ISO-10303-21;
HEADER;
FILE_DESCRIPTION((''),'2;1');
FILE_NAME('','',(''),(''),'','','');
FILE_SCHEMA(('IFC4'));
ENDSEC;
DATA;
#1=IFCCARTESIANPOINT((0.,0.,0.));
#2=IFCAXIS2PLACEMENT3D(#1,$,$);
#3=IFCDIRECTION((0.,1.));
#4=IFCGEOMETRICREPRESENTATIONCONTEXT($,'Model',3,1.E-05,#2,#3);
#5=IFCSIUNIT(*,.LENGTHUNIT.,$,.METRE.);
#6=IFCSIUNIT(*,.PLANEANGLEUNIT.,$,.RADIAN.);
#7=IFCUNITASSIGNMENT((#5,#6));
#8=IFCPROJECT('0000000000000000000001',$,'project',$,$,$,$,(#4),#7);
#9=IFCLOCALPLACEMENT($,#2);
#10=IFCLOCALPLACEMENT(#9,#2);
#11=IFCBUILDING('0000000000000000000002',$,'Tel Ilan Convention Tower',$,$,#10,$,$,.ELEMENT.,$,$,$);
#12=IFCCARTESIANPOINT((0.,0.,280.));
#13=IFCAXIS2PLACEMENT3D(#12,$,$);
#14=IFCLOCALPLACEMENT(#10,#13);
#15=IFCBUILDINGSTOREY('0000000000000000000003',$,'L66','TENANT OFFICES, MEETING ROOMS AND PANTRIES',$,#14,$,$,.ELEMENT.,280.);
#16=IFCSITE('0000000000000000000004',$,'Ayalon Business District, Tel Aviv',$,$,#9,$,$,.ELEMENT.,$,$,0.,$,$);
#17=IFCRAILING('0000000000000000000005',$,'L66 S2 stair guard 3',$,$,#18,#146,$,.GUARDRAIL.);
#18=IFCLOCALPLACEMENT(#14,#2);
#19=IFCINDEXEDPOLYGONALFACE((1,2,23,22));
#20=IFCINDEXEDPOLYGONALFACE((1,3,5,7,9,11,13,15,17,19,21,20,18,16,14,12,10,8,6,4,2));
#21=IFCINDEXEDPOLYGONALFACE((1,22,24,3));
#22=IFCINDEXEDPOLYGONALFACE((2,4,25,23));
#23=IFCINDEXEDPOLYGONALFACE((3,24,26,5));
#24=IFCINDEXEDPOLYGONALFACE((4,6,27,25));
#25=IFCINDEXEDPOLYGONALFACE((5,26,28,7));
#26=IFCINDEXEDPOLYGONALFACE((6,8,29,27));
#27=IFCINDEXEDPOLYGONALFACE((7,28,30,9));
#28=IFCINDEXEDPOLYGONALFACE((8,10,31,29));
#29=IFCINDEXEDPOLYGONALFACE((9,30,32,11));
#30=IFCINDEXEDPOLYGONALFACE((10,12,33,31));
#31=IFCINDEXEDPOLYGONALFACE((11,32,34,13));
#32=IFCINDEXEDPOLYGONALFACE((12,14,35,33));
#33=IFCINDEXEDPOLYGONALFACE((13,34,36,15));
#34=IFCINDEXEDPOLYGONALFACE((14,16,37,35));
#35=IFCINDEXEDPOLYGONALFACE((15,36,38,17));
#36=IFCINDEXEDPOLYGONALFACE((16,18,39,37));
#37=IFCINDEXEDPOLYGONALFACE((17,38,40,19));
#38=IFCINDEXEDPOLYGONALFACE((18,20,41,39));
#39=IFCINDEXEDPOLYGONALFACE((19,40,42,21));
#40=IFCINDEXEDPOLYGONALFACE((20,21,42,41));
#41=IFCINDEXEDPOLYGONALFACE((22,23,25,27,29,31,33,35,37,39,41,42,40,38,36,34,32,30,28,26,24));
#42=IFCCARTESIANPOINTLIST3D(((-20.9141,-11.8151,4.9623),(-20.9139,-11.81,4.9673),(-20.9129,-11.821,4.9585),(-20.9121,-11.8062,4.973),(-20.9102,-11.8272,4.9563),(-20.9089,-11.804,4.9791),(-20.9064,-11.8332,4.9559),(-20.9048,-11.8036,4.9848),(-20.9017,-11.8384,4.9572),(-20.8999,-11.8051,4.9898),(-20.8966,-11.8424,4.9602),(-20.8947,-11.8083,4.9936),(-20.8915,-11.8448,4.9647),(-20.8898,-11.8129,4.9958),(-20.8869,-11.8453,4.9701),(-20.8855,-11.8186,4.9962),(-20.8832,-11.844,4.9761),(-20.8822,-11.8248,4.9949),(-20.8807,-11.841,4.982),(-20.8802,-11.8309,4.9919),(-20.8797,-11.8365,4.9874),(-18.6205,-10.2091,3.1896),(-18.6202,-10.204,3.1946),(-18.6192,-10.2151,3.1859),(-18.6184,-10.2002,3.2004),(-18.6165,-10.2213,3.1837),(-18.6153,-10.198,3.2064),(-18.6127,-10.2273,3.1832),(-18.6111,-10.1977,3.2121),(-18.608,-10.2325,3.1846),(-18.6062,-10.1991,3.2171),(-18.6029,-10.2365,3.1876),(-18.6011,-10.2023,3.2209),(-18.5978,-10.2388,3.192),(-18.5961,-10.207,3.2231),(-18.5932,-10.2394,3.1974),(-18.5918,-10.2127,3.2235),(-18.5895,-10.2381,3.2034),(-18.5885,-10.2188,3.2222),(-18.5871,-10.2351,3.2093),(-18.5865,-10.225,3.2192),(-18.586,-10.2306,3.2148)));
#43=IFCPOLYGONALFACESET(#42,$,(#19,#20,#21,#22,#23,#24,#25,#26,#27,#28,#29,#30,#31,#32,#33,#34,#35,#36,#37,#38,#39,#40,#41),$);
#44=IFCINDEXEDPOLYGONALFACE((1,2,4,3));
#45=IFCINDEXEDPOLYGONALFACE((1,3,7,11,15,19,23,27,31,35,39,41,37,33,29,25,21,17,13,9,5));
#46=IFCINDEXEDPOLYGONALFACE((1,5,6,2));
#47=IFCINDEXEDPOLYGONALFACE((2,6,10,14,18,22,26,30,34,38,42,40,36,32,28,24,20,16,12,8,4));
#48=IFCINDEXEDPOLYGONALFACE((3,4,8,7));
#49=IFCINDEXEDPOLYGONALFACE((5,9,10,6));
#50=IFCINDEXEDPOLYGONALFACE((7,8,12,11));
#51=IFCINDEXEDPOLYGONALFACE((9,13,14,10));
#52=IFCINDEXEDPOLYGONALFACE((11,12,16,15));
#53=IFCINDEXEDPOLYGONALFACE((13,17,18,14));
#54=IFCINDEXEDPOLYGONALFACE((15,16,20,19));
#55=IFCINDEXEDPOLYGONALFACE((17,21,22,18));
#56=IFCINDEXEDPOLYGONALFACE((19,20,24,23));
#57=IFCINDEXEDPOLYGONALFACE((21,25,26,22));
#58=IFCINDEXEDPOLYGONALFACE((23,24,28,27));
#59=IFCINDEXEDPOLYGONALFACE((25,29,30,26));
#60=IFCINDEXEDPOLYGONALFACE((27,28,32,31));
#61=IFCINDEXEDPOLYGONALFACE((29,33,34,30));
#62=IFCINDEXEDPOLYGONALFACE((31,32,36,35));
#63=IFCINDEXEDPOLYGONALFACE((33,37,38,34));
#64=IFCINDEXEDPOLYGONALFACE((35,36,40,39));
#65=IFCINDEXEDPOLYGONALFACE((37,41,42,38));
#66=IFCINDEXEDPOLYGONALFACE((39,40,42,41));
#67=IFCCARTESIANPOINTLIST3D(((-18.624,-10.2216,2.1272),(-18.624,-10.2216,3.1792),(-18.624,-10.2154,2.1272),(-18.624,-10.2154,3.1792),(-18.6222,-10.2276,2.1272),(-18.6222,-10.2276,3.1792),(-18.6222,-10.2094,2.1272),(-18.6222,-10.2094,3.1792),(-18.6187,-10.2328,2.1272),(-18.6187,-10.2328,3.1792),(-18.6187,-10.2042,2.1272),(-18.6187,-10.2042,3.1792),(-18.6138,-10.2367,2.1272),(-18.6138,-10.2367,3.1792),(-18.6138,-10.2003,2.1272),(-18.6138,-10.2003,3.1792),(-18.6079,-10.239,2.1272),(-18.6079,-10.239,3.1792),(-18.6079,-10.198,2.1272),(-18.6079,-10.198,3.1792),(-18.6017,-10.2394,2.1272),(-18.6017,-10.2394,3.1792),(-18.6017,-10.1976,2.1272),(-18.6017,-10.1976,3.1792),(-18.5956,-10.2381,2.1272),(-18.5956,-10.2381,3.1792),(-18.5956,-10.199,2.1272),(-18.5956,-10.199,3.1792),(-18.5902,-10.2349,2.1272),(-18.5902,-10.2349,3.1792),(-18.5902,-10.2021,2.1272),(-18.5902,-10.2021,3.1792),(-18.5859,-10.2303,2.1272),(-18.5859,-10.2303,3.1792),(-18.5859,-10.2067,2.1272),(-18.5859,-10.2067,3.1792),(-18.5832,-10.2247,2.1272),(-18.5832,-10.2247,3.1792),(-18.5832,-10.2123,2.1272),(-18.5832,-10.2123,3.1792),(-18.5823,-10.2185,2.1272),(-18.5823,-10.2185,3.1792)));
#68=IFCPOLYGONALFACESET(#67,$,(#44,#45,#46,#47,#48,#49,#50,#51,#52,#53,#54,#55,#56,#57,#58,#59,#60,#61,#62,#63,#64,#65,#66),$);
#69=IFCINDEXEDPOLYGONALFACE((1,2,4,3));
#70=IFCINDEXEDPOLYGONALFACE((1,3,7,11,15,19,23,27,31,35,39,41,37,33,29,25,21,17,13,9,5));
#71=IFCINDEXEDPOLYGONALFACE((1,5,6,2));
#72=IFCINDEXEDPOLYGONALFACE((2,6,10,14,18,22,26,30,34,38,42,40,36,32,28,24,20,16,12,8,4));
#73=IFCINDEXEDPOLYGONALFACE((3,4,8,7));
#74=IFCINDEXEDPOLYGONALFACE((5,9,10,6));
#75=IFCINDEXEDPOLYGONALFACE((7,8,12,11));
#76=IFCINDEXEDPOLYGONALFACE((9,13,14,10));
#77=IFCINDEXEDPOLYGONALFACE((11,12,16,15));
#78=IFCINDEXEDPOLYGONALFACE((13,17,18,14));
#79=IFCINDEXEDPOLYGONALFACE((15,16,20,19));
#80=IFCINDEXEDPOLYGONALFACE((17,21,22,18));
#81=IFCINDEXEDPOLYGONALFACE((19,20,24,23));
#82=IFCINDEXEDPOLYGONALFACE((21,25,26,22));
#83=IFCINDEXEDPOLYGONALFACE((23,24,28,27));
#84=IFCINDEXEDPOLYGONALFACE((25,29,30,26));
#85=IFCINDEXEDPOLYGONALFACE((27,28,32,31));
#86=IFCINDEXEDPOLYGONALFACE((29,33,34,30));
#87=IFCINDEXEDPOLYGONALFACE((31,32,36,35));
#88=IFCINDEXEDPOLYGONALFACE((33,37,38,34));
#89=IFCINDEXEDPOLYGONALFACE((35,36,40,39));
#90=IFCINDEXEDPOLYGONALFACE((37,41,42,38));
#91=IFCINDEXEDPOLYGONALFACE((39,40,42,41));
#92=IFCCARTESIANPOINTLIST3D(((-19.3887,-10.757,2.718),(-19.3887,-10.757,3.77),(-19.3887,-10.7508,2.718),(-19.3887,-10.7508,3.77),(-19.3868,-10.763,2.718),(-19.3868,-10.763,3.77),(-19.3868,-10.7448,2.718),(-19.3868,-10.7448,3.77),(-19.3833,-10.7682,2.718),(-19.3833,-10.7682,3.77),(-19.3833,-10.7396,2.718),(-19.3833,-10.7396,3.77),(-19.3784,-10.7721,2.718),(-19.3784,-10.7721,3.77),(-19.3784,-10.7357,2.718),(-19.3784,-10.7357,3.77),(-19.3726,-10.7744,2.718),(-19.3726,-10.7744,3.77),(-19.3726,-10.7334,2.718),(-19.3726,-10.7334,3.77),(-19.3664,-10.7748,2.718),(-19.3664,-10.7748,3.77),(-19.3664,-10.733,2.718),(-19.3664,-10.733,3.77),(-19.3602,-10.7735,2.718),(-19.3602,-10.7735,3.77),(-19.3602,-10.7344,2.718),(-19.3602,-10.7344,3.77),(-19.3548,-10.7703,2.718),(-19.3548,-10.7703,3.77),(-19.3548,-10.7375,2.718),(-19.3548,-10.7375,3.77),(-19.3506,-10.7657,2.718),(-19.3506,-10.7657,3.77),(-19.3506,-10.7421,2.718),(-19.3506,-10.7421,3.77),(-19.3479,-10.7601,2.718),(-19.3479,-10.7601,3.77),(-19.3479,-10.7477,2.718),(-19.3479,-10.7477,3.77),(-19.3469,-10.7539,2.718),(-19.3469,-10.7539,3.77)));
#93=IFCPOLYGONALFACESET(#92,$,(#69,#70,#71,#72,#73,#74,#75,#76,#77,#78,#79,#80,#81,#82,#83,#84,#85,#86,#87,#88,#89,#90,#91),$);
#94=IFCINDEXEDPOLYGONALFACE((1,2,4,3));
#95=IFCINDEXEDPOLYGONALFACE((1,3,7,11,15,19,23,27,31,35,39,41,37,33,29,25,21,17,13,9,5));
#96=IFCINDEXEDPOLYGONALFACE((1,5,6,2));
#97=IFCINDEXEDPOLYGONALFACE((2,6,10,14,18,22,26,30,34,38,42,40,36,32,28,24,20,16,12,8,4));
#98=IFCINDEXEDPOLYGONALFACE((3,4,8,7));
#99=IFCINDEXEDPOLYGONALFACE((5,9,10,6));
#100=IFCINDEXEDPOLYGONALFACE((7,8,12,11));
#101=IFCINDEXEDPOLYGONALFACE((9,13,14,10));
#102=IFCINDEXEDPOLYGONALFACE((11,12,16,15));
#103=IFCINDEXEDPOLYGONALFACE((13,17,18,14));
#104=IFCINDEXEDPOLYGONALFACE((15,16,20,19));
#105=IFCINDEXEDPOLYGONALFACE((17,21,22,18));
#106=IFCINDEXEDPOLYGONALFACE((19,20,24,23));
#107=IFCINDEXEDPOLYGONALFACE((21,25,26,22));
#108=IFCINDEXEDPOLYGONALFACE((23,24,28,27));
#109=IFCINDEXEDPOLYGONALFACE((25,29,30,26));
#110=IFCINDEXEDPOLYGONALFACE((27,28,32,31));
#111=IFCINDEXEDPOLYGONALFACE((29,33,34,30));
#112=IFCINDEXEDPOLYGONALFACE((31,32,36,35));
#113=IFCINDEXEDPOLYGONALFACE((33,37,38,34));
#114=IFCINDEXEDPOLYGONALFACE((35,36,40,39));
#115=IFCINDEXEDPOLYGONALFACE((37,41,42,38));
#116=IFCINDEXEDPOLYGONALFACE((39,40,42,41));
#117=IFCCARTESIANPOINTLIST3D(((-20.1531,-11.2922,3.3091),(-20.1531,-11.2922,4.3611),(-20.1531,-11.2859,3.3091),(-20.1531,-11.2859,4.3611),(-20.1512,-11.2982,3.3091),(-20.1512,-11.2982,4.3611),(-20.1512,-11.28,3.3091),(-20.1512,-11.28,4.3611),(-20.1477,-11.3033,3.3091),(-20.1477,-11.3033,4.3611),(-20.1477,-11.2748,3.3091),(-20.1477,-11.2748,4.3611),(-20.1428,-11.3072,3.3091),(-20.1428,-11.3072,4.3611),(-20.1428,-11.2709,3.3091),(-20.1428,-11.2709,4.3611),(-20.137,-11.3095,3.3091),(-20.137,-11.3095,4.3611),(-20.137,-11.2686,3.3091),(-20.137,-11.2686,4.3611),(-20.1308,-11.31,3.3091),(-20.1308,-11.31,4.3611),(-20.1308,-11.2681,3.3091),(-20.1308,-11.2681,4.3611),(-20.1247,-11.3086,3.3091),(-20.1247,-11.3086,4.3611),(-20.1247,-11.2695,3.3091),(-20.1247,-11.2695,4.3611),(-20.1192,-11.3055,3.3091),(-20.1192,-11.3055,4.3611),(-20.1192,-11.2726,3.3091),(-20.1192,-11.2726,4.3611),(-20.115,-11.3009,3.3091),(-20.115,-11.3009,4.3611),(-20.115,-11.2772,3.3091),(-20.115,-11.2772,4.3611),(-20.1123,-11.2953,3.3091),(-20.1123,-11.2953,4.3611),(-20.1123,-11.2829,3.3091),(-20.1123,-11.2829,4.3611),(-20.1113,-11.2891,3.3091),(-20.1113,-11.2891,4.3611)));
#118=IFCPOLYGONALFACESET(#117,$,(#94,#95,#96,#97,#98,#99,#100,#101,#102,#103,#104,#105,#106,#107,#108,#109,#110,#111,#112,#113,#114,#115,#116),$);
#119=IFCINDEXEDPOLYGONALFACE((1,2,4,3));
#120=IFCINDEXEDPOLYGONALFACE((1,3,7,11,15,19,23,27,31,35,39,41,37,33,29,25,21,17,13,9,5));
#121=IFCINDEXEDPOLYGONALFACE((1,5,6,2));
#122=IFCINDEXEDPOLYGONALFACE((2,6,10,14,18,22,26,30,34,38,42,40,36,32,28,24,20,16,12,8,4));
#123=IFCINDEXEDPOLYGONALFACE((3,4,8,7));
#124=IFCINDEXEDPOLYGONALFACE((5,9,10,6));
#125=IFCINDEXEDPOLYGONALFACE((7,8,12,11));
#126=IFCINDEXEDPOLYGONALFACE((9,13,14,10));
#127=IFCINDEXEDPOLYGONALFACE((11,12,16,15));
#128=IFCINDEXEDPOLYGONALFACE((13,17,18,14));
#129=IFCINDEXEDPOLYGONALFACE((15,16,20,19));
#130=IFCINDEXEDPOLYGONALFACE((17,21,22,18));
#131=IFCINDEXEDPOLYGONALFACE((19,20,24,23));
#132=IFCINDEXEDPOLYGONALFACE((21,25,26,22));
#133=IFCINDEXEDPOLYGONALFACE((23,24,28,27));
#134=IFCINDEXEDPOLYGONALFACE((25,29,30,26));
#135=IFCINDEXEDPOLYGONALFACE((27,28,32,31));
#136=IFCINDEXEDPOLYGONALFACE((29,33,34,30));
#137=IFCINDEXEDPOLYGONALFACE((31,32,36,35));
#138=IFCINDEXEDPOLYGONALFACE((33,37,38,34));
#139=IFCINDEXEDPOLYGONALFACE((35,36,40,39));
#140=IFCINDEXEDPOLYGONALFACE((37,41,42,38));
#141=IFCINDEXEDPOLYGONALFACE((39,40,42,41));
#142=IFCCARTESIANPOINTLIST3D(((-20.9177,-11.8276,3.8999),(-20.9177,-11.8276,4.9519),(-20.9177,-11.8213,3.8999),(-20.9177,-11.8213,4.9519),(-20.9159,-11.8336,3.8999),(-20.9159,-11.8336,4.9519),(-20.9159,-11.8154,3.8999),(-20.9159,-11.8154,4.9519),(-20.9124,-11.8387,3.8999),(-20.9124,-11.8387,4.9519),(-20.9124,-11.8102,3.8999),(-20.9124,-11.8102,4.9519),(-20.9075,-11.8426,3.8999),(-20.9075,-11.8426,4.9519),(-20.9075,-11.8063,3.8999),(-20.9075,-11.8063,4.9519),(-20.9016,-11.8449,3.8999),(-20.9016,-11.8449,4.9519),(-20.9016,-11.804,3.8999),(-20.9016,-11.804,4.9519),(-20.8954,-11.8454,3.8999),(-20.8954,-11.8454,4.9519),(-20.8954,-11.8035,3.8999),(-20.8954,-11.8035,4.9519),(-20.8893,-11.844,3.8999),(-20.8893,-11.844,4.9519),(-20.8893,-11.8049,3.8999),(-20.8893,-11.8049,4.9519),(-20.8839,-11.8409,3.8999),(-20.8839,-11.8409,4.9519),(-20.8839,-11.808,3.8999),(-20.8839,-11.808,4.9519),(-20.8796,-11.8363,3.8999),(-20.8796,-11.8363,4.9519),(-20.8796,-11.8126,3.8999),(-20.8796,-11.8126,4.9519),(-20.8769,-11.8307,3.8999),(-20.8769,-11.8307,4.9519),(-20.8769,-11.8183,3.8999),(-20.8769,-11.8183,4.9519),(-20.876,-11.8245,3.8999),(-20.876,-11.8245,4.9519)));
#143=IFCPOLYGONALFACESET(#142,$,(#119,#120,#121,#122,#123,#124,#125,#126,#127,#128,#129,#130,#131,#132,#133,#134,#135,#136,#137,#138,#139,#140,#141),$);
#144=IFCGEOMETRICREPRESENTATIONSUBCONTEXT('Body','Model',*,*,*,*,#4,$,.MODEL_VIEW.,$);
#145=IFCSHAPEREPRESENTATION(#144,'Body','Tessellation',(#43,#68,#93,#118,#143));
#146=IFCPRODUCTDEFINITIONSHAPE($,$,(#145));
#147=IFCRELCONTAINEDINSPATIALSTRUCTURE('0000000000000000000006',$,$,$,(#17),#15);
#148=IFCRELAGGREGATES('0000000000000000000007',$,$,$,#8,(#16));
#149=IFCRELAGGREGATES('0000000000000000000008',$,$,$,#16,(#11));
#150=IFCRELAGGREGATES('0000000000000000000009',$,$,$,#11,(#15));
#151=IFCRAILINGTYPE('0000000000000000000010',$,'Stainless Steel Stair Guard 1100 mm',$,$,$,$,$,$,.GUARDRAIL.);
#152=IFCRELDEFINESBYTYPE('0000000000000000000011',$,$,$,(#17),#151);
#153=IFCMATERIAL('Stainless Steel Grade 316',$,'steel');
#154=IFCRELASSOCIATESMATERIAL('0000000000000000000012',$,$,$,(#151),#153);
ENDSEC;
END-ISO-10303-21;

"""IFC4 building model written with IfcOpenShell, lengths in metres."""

from ifc_helpers import new_model, si_unit, direction, frame, origin, origin_2d, place, context, subcontext, project, spatial, circle, extrude, material, type_object, element, save


model = new_model("IFC4")

# Units and contexts
model_context = context("Model", 3, precision=1e-05, world=origin(), true_north=direction((0.0, 1.0)))
body_context = subcontext(model_context, "Body", "Model", "MODEL_VIEW")
ifc_project = project(units=[si_unit("LENGTHUNIT", "METRE"), si_unit("PLANEANGLEUNIT", "RADIAN")], contexts=[model_context])

# Site, building, storey
site_placement = place(None, origin())
site = spatial("IfcSite", under=ifc_project, at=site_placement, Name="Ayalon Business District, Tel Aviv", CompositionType="ELEMENT", RefElevation=0.0)
building_placement = place(site_placement, origin())
building = spatial("IfcBuilding", under=site, at=building_placement, Name="Tel Ilan Convention Tower", CompositionType="ELEMENT")
storey_placement = place(building_placement, frame((0.0, 0.0, 280.0)))
storey = spatial("IfcBuildingStorey", under=building, at=storey_placement, Name="L66", Description="TENANT OFFICES, MEETING ROOMS AND PANTRIES", CompositionType="ELEMENT", Elevation=280.0)

# Railing
ifc_material_1 = material(Name="Stainless Steel Grade 316", Category="steel")
railing_type_1 = type_object("IfcRailingType", Name="Stainless Steel Stair Guard 1100 mm", PredefinedType="GUARDRAIL", material=ifc_material_1)
railing_1_placement = place(storey_placement, frame((-18.6033, -10.2185, 2.1272)))
element("IfcRailing", 1, at=railing_1_placement, inside=storey, type_object=railing_type_1, Name="L66 S2 stair guard 3", PredefinedType="GUARDRAIL", context=body_context, shape_type="SweptSolid", body=[
    extrude(circle(Radius=0.0239, at=origin_2d()), frame((0.0, 0.0, 1.0762), z_axis=(-0.692123, -0.484597, 0.534913), x_axis=(0.57355, -0.81917, 0.0)), (0.0, 0.0, 1.0), 3.314),
    extrude(circle(Radius=0.021, at=origin_2d()), origin(), (0.0, 0.0, 1.0), 1.052),
    extrude(circle(Radius=0.021, at=origin_2d()), frame((-0.7646, -0.5354, 0.5908)), (0.0, 0.0, 1.0), 1.052),
    extrude(circle(Radius=0.021, at=origin_2d()), frame((-1.5291, -1.0706, 1.1819)), (0.0, 0.0, 1.0), 1.052),
    extrude(circle(Radius=0.021, at=origin_2d()), frame((-2.2937, -1.606, 1.7727)), (0.0, 0.0, 1.0), 1.052),
])

save(model, "model.ifc")
